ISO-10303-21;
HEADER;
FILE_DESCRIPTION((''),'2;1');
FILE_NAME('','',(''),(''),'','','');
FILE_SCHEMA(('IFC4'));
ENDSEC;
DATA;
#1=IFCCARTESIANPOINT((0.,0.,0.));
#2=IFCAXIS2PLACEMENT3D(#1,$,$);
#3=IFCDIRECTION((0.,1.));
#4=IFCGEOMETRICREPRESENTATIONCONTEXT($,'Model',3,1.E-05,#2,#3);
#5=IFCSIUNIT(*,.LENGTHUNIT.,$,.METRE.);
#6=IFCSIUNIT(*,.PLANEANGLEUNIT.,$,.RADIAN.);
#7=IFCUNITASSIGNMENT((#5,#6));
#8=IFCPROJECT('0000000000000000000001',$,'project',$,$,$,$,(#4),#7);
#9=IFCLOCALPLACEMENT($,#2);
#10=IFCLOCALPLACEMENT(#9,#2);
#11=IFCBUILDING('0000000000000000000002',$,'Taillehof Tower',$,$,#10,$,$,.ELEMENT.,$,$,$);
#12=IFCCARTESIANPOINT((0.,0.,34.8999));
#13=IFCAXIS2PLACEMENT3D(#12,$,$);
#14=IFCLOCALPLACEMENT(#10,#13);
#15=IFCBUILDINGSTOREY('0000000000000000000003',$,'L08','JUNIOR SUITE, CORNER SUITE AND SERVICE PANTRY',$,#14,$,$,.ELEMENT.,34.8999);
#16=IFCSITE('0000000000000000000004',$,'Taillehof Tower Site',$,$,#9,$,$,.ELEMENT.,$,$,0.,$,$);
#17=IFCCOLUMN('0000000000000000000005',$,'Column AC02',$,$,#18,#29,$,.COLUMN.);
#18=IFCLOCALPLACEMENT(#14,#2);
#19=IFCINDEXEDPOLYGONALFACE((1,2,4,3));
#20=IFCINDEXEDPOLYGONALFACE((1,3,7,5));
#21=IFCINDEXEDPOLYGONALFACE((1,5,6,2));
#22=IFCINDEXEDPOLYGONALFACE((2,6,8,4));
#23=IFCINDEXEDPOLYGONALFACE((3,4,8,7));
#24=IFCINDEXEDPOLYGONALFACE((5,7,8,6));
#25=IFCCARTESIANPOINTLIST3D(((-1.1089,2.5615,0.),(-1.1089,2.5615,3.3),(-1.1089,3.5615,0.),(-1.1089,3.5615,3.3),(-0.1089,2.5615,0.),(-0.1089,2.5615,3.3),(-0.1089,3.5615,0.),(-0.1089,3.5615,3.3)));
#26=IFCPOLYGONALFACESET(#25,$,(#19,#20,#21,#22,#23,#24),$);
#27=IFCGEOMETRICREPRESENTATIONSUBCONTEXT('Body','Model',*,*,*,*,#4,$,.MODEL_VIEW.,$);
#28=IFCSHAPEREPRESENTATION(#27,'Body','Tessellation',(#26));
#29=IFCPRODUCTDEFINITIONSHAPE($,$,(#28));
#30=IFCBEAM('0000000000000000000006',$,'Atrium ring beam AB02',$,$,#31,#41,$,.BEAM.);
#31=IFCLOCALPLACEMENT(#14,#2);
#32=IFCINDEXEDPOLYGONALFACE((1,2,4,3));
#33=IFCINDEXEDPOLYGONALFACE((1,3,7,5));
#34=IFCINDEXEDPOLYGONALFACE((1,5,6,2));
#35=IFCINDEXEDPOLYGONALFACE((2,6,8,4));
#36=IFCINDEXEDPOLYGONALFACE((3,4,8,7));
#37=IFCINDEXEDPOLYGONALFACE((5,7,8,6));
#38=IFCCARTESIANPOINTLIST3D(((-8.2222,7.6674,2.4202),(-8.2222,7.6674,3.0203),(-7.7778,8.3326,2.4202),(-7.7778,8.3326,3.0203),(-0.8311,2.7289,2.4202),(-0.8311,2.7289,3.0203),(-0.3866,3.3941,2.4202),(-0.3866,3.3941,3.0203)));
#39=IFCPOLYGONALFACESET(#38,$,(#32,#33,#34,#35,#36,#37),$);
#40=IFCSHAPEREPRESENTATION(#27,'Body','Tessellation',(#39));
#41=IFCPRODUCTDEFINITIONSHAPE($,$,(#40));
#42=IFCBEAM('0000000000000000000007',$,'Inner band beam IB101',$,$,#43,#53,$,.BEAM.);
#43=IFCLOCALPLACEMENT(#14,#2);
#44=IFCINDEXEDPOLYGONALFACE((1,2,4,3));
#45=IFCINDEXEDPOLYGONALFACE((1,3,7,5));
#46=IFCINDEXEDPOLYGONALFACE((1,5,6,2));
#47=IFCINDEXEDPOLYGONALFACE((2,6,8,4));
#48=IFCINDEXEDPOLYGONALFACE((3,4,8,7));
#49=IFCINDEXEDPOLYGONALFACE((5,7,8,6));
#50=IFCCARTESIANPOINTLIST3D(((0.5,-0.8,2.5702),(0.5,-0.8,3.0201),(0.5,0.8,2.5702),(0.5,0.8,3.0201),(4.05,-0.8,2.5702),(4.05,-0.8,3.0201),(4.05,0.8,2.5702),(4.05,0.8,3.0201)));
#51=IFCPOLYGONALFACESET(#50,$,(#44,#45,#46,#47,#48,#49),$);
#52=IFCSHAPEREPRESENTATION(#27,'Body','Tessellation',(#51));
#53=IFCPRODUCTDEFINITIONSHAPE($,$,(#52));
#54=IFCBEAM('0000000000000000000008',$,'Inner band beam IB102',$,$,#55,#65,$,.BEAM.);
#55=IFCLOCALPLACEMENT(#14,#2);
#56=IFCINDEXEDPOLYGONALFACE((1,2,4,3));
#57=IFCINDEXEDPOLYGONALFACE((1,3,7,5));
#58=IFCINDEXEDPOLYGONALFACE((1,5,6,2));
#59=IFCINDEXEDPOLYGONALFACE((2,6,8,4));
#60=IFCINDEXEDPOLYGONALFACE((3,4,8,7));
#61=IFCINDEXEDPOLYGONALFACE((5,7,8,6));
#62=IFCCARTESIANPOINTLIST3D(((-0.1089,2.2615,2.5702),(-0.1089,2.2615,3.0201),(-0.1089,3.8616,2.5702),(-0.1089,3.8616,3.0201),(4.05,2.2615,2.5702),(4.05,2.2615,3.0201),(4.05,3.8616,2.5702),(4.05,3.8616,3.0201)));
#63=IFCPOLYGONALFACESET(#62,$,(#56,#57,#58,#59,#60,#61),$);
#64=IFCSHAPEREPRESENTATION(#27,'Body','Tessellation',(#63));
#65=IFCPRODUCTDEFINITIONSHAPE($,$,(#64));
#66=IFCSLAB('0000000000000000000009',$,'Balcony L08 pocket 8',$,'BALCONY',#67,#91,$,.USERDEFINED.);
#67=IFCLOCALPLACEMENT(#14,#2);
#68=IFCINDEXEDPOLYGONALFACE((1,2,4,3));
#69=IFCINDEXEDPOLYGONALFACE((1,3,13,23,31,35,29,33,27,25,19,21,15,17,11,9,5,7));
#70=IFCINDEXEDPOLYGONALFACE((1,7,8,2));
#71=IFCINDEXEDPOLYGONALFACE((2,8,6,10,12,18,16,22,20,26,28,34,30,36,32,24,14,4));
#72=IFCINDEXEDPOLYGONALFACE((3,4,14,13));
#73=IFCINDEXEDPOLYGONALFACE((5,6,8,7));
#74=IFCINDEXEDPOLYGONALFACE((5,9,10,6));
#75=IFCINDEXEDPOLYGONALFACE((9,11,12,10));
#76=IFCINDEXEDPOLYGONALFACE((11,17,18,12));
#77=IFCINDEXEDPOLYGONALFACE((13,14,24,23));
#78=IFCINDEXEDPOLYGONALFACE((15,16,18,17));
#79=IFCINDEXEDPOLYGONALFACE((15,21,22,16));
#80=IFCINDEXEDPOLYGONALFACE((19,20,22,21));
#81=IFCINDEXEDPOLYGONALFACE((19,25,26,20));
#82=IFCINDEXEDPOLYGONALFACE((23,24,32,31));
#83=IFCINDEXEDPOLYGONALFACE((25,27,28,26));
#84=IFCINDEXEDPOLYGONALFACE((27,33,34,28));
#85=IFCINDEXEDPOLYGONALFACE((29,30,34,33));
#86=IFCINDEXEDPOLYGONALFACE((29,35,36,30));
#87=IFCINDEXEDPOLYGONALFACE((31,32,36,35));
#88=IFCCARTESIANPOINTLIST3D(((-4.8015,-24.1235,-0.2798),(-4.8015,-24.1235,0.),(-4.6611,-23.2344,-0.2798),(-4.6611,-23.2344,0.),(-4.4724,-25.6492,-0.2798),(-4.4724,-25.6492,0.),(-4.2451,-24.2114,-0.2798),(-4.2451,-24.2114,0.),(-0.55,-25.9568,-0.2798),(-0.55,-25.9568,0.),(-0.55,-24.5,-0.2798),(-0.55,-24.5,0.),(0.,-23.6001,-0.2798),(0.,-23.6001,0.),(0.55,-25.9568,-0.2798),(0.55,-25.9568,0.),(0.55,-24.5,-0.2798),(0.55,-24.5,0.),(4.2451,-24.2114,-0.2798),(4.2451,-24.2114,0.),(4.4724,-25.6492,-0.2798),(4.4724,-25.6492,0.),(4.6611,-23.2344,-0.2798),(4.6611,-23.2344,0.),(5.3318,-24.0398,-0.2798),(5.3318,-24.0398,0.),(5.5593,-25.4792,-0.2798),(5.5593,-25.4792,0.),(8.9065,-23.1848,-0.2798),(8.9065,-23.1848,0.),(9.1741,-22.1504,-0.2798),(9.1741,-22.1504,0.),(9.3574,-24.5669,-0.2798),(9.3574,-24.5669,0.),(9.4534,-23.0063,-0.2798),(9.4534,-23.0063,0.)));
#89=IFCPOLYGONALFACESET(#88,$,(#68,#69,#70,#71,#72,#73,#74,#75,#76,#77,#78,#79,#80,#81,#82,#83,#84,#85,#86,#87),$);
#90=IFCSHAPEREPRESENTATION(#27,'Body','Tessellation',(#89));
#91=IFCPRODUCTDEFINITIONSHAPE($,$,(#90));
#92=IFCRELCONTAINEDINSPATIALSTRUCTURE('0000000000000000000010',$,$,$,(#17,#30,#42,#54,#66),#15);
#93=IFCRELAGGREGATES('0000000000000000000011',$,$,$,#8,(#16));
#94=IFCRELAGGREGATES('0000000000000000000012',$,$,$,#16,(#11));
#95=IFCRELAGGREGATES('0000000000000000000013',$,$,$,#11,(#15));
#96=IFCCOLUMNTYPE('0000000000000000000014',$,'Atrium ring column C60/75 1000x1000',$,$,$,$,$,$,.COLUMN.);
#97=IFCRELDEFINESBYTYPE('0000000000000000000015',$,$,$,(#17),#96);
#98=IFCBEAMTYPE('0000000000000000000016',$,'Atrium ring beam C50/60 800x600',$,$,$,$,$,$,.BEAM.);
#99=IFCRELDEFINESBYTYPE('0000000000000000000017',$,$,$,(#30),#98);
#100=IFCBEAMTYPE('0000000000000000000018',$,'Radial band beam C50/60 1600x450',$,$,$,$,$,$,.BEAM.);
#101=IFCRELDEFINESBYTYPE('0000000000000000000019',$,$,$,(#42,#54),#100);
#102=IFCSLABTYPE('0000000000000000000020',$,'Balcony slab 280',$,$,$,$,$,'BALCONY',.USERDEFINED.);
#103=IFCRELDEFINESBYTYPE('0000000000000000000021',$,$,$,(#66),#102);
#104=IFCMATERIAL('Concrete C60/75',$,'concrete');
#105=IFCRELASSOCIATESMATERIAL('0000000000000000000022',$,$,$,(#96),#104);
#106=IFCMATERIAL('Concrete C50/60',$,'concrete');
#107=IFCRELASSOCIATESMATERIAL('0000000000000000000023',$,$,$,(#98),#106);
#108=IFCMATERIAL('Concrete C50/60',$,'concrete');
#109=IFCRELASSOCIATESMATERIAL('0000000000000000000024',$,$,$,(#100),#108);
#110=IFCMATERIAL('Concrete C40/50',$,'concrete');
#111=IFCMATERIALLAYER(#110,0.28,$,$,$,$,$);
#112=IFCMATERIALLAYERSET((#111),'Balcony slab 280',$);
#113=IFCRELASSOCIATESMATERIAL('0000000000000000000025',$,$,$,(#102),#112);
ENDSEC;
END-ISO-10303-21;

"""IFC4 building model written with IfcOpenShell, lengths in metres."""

from ifc_helpers import new_model, si_unit, direction, frame, origin, origin_2d, place, context, subcontext, project, spatial, polyline, rectangle, outline, extrude, material, layer, layer_set, material_profile, profile_set, type_object, element, save


model = new_model("IFC4")

# Units and contexts
model_context = context("Model", 3, precision=1e-05, world=origin(), true_north=direction((0.0, 1.0)))
body_context = subcontext(model_context, "Body", "Model", "MODEL_VIEW")
ifc_project = project(units=[si_unit("LENGTHUNIT", "METRE"), si_unit("PLANEANGLEUNIT", "RADIAN")], contexts=[model_context])

# Site, building, storey
site_placement = place(None, origin())
site = spatial("IfcSite", under=ifc_project, at=site_placement, Name="Taillehof Tower Site", CompositionType="ELEMENT", RefElevation=0.0)
building_placement = place(site_placement, origin())
building = spatial("IfcBuilding", under=site, at=building_placement, Name="Taillehof Tower", CompositionType="ELEMENT")
storey_placement = place(building_placement, frame((0.0, 0.0, 34.8999)))
storey = spatial("IfcBuildingStorey", under=building, at=storey_placement, Name="L08", Description="JUNIOR SUITE, CORNER SUITE AND SERVICE PANTRY", CompositionType="ELEMENT", Elevation=34.8999)

# Column
ifc_material_1 = material(Name="Concrete C60/75", Category="concrete")
ifc_material_profile_1 = material_profile(ifc_material_1, rectangle(XDim=1.0, YDim=1.0, at=origin_2d()), Name="RC 1000x1000")
ifc_profile_set_1 = profile_set([ifc_material_profile_1], Name="Concrete C60/75")
column_type = type_object("IfcColumnType", Name="Atrium ring column C60/75 1000x1000", PredefinedType="COLUMN", material=ifc_profile_set_1)
column_placement = place(storey_placement, frame((-0.6089, 3.0615, 0.0), z_axis=(0.0, 0.0, 1.0), x_axis=(1.0, 0.0, 0.0)))
element("IfcColumn", 1, at=column_placement, inside=storey, type_object=column_type, Name="Column AC02", PredefinedType="COLUMN", context=body_context, shape_type="SweptSolid", body=[
    extrude(rectangle(XDim=1.0, YDim=1.0, at=origin_2d()), origin(), (0.0, 0.0, 1.0), 3.3),
])

# Beams
ifc_material_2 = material(Name="Concrete C50/60", Category="concrete")
ifc_material_profile_2 = material_profile(ifc_material_2, rectangle(XDim=0.8, YDim=0.6001, at=origin_2d()), Name="RC 800x600")
ifc_profile_set_2 = profile_set([ifc_material_profile_2], Name="Concrete C50/60")
beam_type_1 = type_object("IfcBeamType", Name="Atrium ring beam C50/60 800x600", PredefinedType="BEAM", material=ifc_profile_set_2)
beam_1_placement = place(storey_placement, frame((-0.6089, 3.0615, 2.7202), z_axis=(-0.831475, 0.555562, 0.0), x_axis=(-0.555562, -0.831475, 0.0)))
element("IfcBeam", 2, at=beam_1_placement, inside=storey, type_object=beam_type_1, Name="Atrium ring beam AB02", PredefinedType="BEAM", context=body_context, shape_type="SweptSolid", body=[
    extrude(rectangle(XDim=0.8, YDim=0.6001, at=origin_2d()), origin(), (0.0, 0.0, 1.0), 8.8892),
])
ifc_material_3 = material(Name="Concrete C50/60", Category="concrete")
ifc_material_profile_3 = material_profile(ifc_material_3, rectangle(XDim=1.6001, YDim=0.45, at=origin_2d()), Name="RC 1600x450")
ifc_profile_set_3 = profile_set([ifc_material_profile_3], Name="Concrete C50/60")
beam_type_2 = type_object("IfcBeamType", Name="Radial band beam C50/60 1600x450", PredefinedType="BEAM", material=ifc_profile_set_3)
beam_2_placement = place(storey_placement, frame((0.5, 0.0, 2.7952), z_axis=(1.0, 0.0, 0.0), x_axis=(0.0, 1.0, 0.0)))
element("IfcBeam", 3, at=beam_2_placement, inside=storey, type_object=beam_type_2, Name="Inner band beam IB101", PredefinedType="BEAM", context=body_context, shape_type="SweptSolid", body=[
    extrude(rectangle(XDim=1.6001, YDim=0.45, at=origin_2d()), origin(), (0.0, 0.0, 1.0), 3.55),
])
beam_3_placement = place(storey_placement, frame((-0.1089, 3.0615, 2.7952), z_axis=(1.0, 0.0, 0.0), x_axis=(0.0, 1.0, 0.0)))
element("IfcBeam", 4, at=beam_3_placement, inside=storey, type_object=beam_type_2, Name="Inner band beam IB102", PredefinedType="BEAM", context=body_context, shape_type="SweptSolid", body=[
    extrude(rectangle(XDim=1.6001, YDim=0.45, at=origin_2d()), origin(), (0.0, 0.0, 1.0), 4.1589),
])

# Slab
ifc_material_4 = material(Name="Concrete C40/50", Category="concrete")
ifc_layer_1 = layer(ifc_material_4, 0.28)
ifc_layer_set_1 = layer_set([ifc_layer_1], Name="Balcony slab 280")
slab_type_1 = type_object("IfcSlabType", Name="Balcony slab 280", ElementType="BALCONY", PredefinedType="USERDEFINED", material=ifc_layer_set_1)
slab_1_placement = place(storey_placement, frame((0.0, 0.0, -0.2798)))
element("IfcSlab", 5, at=slab_1_placement, inside=storey, type_object=slab_type_1, Name="Balcony L08 pocket 8", ObjectType="BALCONY", PredefinedType="USERDEFINED", context=body_context, shape_type="SweptSolid", body=[
    extrude(outline(polyline([(9.1741, -22.1504), (9.4534, -23.0063), (8.9065, -23.1848), (9.3574, -24.5669), (5.5593, -25.4792), (5.3318, -24.0398), (4.2451, -24.2114), (4.4724, -25.6492), (0.55, -25.9568), (0.55, -24.5), (-0.55, -24.5), (-0.55, -25.9568), (-4.4724, -25.6492), (-4.2451, -24.2114), (-4.8015, -24.1235), (-4.6611, -23.2344), (0.0, -23.6001), (4.6611, -23.2344), (9.1741, -22.1504)])), origin(), (0.0, 0.0, 1.0), 0.2798),
])

save(model, "model.ifc")
